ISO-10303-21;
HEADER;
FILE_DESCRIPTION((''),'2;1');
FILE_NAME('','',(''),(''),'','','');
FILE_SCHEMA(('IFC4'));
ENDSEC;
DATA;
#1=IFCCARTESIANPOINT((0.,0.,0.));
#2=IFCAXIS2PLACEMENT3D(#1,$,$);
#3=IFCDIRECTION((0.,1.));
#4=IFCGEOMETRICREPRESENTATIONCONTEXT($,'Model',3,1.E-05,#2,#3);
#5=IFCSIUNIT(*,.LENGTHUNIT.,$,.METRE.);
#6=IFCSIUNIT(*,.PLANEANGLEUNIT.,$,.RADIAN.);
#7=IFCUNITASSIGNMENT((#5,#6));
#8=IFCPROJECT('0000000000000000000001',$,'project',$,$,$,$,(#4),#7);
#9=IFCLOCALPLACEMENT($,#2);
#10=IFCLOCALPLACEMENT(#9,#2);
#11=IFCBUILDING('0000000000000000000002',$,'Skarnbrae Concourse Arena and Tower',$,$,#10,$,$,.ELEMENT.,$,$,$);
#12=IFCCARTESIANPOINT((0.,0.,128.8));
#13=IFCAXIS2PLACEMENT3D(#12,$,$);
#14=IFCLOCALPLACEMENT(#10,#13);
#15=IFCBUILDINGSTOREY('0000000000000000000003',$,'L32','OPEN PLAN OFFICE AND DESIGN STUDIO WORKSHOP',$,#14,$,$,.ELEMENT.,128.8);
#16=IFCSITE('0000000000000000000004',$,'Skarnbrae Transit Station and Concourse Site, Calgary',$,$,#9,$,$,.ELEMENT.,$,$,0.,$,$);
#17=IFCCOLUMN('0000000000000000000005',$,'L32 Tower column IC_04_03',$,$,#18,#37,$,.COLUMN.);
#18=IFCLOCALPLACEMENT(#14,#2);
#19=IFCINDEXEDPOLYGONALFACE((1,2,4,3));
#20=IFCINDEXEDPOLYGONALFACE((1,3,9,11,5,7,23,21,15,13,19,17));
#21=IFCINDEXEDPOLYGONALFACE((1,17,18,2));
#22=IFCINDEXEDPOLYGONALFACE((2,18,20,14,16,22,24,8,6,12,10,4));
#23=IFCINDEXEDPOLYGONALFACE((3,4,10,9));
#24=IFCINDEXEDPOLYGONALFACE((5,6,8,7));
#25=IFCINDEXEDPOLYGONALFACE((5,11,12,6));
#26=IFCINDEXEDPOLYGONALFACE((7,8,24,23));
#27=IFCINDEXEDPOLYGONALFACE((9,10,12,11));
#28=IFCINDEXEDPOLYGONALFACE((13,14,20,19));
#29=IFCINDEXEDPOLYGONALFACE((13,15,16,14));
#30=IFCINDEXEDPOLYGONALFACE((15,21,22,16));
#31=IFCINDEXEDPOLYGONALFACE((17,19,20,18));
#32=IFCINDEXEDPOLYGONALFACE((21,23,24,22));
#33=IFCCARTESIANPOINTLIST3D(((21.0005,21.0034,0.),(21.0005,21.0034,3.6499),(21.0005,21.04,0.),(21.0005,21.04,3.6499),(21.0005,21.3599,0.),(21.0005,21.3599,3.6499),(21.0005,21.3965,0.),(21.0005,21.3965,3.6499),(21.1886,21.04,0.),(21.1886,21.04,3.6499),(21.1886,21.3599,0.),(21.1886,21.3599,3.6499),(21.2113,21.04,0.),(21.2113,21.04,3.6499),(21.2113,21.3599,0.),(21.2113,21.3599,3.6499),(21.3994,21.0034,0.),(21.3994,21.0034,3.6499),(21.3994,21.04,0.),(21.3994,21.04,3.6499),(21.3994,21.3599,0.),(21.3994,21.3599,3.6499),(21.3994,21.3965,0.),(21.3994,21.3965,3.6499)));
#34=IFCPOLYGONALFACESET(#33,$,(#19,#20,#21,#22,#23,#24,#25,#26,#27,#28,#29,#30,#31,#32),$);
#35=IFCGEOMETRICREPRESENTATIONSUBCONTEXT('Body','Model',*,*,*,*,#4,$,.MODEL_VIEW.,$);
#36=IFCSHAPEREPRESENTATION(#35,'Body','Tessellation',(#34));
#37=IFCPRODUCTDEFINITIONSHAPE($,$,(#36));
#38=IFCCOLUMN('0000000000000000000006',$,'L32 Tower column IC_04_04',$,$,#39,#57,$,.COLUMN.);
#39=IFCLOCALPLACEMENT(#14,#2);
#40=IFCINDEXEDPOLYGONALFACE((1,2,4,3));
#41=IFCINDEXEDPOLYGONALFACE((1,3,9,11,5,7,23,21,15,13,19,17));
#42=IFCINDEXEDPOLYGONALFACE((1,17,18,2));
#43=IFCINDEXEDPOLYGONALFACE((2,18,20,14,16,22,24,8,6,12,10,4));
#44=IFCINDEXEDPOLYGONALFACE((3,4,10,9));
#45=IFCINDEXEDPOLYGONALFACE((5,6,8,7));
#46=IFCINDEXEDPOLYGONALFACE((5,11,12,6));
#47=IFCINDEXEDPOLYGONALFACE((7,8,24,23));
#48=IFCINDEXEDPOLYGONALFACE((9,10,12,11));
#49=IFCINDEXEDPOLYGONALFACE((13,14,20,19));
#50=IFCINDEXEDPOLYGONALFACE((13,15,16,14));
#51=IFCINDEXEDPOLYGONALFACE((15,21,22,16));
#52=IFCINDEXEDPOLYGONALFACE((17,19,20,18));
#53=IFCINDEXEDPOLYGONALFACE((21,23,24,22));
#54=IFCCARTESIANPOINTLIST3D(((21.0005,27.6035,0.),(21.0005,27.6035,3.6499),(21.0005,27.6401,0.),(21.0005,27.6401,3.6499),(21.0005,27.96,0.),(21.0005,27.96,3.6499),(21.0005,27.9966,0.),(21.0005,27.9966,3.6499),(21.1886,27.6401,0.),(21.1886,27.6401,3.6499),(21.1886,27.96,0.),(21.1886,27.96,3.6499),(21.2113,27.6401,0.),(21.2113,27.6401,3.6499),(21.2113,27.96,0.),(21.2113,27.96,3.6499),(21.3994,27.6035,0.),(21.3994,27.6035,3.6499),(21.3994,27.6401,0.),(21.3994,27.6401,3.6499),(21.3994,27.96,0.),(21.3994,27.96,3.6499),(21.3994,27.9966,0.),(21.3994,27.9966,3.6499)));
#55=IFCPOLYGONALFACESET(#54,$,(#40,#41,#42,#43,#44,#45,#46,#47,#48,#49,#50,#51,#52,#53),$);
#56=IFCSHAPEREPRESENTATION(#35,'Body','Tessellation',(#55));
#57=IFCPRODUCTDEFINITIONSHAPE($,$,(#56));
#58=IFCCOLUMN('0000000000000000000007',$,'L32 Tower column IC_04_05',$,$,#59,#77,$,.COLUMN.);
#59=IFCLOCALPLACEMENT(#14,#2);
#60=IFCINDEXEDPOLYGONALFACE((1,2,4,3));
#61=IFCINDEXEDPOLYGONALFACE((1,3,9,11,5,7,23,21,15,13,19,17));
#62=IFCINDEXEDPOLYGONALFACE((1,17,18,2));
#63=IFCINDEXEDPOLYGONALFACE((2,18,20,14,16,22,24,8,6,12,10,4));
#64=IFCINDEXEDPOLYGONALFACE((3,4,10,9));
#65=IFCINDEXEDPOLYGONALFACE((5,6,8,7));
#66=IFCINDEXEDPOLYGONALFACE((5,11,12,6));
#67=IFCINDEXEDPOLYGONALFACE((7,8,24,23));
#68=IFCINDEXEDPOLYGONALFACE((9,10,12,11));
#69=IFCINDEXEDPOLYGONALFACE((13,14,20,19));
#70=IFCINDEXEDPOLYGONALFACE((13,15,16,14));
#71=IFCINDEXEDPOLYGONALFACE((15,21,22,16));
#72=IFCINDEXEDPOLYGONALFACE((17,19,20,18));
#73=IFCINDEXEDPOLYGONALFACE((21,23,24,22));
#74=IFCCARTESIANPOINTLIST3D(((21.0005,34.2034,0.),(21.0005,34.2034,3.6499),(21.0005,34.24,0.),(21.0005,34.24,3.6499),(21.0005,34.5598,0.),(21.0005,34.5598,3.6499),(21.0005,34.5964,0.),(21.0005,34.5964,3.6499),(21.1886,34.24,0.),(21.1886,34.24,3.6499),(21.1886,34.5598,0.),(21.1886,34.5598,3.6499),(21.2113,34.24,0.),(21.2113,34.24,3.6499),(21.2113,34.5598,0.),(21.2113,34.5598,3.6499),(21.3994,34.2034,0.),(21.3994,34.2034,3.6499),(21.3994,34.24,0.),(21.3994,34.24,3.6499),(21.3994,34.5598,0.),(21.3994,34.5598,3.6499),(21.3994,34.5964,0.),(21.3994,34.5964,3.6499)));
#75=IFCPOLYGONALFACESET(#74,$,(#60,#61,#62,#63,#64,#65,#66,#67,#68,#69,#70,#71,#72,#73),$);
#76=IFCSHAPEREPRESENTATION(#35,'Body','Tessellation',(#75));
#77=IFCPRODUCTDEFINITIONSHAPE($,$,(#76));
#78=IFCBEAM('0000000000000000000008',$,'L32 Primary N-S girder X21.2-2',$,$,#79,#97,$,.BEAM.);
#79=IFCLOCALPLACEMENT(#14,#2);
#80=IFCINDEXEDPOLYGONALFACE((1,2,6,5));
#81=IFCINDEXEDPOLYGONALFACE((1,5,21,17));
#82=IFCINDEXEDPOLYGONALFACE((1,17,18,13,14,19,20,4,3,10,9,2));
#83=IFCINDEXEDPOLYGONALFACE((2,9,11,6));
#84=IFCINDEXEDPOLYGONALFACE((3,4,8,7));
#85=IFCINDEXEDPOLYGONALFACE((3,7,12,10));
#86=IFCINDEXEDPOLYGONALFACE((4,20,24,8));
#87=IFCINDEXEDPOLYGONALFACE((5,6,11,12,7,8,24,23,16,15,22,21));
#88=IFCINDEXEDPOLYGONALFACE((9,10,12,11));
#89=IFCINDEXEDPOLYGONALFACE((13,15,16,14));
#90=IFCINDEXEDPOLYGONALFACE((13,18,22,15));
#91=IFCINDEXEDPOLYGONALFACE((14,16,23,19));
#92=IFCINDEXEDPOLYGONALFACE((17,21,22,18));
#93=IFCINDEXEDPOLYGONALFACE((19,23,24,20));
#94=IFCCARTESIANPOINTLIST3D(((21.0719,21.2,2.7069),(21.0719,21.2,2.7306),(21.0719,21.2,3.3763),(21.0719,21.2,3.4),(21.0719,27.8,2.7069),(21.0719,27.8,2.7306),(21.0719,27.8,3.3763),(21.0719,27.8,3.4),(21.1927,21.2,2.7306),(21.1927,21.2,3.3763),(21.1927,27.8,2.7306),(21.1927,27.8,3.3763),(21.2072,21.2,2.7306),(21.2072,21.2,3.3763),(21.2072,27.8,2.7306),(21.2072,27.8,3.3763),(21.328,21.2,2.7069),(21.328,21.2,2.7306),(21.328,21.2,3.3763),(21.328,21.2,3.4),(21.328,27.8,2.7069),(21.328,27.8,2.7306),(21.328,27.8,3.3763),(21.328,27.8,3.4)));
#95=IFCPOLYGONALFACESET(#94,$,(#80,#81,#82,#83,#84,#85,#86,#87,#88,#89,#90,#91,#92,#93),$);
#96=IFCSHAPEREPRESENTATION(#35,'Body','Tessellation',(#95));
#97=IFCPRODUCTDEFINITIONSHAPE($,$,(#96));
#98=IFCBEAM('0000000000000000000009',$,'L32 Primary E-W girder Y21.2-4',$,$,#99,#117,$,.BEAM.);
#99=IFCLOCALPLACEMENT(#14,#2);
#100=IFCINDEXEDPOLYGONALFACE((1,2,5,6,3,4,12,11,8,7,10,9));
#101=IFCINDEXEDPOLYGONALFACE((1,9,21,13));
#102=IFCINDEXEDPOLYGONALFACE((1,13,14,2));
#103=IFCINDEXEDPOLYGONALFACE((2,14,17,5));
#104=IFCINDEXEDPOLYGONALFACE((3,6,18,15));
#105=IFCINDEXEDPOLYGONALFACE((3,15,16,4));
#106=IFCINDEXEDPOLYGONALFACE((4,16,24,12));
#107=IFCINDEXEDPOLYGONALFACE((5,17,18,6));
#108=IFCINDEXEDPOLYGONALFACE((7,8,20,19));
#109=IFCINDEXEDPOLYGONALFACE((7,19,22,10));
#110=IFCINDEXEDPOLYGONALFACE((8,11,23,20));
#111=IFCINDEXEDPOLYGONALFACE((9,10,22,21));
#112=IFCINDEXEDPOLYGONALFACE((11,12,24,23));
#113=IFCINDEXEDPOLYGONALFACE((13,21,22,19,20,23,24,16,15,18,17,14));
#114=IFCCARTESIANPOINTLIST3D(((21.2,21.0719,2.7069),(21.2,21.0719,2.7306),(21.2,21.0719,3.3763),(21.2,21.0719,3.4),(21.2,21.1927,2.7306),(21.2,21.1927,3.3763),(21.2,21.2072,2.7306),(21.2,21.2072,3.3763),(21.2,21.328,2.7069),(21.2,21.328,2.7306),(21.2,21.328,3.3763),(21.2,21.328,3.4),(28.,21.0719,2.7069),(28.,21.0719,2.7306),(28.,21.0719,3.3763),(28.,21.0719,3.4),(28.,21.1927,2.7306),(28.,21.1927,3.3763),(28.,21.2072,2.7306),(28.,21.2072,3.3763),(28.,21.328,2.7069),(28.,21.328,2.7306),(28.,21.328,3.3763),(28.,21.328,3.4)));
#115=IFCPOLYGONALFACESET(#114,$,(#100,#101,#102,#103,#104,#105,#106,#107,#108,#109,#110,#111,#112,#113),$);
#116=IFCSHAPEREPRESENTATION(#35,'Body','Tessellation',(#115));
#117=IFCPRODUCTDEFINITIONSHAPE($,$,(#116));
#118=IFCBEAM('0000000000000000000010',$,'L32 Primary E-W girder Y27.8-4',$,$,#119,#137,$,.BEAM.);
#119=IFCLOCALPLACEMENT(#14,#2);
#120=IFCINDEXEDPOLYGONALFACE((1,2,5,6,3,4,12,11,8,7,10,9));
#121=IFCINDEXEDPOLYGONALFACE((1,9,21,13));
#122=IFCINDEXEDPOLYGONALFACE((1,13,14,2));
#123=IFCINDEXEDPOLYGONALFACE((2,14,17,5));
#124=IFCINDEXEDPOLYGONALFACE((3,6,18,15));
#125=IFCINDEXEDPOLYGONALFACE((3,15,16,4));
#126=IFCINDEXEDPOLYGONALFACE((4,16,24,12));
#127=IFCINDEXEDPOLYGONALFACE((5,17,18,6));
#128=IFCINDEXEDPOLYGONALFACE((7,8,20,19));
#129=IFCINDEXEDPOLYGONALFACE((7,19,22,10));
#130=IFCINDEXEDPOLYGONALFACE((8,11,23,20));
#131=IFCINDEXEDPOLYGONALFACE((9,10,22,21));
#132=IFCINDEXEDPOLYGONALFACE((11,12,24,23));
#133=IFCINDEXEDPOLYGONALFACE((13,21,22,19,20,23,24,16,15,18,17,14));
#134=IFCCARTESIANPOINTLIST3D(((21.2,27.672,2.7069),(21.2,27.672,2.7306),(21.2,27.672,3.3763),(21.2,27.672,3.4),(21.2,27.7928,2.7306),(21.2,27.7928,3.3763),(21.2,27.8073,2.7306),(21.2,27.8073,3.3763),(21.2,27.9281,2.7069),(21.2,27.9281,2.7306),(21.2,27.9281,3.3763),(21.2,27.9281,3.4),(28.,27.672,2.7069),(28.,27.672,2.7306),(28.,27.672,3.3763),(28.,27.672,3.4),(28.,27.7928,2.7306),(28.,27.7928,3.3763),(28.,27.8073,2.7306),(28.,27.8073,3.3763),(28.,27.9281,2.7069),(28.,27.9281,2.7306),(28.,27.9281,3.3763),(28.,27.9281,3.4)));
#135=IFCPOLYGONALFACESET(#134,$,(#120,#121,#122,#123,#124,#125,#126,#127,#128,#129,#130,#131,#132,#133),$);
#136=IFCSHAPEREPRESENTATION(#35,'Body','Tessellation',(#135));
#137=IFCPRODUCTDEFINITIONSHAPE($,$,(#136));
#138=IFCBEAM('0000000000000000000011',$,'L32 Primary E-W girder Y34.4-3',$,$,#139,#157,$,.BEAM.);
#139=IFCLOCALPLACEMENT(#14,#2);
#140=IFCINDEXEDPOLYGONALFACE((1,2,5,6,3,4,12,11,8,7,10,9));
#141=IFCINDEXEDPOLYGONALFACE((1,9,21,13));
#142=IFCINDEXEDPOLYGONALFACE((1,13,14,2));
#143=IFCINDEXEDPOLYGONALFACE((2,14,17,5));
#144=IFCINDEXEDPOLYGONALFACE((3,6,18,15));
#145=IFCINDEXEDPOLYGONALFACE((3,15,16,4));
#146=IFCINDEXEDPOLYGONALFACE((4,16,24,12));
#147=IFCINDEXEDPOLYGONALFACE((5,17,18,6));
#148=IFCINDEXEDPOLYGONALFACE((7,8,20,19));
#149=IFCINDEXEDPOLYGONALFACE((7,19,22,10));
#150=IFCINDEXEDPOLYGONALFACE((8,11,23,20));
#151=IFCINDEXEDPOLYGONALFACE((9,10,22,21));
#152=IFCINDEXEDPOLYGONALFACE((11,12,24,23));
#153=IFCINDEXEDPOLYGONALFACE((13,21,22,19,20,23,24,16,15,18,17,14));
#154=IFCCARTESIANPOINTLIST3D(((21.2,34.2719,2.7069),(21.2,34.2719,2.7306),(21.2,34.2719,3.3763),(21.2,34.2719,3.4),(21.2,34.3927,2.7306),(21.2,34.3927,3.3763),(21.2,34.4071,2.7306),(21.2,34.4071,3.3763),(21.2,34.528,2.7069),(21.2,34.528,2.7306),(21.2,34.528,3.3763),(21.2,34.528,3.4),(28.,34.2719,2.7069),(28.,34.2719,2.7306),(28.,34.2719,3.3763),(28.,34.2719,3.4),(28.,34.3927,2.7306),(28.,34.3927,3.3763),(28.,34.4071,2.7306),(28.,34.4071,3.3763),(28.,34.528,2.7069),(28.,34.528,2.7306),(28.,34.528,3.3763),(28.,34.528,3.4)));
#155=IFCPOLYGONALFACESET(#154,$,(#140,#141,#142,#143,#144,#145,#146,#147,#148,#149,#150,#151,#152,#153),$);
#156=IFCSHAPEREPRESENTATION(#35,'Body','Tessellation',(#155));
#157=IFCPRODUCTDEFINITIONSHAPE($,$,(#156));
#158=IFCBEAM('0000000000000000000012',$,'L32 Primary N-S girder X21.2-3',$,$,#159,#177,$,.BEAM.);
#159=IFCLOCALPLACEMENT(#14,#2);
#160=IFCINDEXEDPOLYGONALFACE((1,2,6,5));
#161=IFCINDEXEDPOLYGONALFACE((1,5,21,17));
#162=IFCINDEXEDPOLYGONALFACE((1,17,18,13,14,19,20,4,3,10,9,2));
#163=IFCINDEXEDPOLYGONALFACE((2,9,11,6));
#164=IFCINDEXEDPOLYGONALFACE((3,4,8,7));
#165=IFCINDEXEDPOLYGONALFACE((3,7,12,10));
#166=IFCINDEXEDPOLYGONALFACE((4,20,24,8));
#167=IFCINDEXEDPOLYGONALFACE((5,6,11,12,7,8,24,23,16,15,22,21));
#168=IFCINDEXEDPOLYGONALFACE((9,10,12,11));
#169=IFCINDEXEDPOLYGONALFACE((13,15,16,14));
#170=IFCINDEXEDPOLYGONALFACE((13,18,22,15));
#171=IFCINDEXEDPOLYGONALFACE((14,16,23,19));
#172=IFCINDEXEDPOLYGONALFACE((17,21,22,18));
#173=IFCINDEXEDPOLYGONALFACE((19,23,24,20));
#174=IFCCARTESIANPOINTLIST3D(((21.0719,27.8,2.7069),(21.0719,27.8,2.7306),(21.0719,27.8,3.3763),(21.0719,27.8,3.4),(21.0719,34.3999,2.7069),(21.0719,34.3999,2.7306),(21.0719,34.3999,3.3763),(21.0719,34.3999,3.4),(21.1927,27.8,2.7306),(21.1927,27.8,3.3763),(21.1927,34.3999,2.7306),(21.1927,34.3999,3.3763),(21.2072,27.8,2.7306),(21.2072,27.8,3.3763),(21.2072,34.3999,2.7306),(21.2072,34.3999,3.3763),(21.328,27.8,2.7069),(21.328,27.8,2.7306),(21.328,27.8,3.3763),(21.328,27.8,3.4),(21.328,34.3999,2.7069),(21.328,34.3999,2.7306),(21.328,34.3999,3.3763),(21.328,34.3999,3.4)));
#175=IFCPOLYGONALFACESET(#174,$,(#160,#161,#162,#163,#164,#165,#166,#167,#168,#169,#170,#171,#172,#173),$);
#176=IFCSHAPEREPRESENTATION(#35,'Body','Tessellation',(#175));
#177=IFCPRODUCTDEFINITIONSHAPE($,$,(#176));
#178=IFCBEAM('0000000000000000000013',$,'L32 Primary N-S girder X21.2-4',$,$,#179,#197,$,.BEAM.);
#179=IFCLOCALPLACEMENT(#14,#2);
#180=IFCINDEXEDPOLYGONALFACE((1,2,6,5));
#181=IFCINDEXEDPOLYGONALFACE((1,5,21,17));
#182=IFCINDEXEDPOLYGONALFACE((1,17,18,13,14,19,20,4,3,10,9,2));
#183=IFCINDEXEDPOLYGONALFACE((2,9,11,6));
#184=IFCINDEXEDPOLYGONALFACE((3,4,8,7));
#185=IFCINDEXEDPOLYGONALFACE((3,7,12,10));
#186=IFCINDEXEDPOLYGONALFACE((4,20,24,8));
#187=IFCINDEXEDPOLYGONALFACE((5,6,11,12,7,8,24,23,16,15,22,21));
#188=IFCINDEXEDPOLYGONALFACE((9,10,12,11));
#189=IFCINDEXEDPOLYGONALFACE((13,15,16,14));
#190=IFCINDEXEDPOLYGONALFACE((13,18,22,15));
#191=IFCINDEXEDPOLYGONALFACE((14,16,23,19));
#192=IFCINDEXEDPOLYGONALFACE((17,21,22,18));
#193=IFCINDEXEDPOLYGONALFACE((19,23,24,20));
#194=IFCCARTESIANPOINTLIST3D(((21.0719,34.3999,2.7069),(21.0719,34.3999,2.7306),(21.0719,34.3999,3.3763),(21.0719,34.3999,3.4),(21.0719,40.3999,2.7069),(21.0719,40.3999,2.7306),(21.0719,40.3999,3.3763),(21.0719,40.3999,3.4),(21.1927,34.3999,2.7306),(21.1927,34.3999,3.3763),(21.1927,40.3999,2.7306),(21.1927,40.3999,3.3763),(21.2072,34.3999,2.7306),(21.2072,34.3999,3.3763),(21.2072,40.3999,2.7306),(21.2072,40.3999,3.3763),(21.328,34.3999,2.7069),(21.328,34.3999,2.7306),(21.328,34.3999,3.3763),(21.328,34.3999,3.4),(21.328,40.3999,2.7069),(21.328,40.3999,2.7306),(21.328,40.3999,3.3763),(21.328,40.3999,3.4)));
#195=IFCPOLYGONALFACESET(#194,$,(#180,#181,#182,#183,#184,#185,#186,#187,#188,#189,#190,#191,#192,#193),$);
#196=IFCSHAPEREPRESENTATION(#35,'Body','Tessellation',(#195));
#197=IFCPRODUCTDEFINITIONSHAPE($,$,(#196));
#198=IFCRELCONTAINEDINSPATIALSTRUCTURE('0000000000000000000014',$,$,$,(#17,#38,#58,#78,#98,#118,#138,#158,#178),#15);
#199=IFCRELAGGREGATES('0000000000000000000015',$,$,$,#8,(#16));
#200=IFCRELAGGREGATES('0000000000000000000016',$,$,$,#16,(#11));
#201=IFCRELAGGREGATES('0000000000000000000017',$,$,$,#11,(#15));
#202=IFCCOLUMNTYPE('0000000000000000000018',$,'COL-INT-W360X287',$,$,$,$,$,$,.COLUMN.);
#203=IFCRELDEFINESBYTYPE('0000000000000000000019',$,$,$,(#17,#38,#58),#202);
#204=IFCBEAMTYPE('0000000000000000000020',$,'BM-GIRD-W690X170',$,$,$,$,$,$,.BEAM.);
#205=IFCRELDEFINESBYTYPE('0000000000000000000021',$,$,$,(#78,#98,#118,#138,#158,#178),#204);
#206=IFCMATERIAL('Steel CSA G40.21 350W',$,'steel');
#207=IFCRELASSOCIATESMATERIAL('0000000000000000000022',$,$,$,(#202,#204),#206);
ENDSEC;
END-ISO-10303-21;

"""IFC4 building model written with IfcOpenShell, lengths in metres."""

from ifc_helpers import new_model, si_unit, direction, frame, origin, origin_2d, place, context, subcontext, project, spatial, i_section, extrude, source, transform, mapped, material, material_profile, profile_set, type_object, element, save


model = new_model("IFC4")

# Units and contexts
model_context = context("Model", 3, precision=1e-05, world=origin(), true_north=direction((0.0, 1.0)))
body_context = subcontext(model_context, "Body", "Model", "MODEL_VIEW")
ifc_project = project(units=[si_unit("LENGTHUNIT", "METRE"), si_unit("PLANEANGLEUNIT", "RADIAN")], contexts=[model_context])

# Site, building, storey
site_placement = place(None, origin())
site = spatial("IfcSite", under=ifc_project, at=site_placement, Name="Skarnbrae Transit Station and Concourse Site, Calgary", CompositionType="ELEMENT", RefElevation=0.0)
building_placement = place(site_placement, origin())
building = spatial("IfcBuilding", under=site, at=building_placement, Name="Skarnbrae Concourse Arena and Tower", CompositionType="ELEMENT")
storey_placement = place(building_placement, frame((0.0, 0.0, 128.8)))
storey = spatial("IfcBuildingStorey", under=building, at=storey_placement, Name="L32", Description="OPEN PLAN OFFICE AND DESIGN STUDIO WORKSHOP", CompositionType="ELEMENT", Elevation=128.8)

# Columns
ifc_material_1 = material(Name="Steel CSA G40.21 350W", Category="steel")
ifc_material_profile_1 = material_profile(ifc_material_1, i_section(OverallWidth=0.3989, OverallDepth=0.3931, WebThickness=0.0227, FlangeThickness=0.0366, at=origin_2d()), Name="W360X287")
ifc_profile_set_1 = profile_set([ifc_material_profile_1], Name="Steel CSA G40.21 350W")
column_type = type_object("IfcColumnType", Name="COL-INT-W360X287", PredefinedType="COLUMN", material=ifc_profile_set_1)
shared_shape_1 = source(origin(), body_context, "Body", "SweptSolid", [
    extrude(i_section(OverallWidth=0.3989, OverallDepth=0.3931, WebThickness=0.0227, FlangeThickness=0.0366, at=origin_2d()), origin(), (0.0, 0.0, 1.0), 3.6499),
])
for number, where, z_axis, x_axis, name in (
    (1, (21.2, 21.2, 0.0), (0.0, 0.0, 1.0), (1.0, 0.0, 0.0), "L32 Tower column IC_04_03"),
    (2, (21.2, 27.8, 0.0), (0.0, 0.0, 1.0), (1.0, 0.0, 0.0), "L32 Tower column IC_04_04"),
    (3, (21.2, 34.3999, 0.0), (0.0, 0.0, 1.0), (1.0, 0.0, 0.0), "L32 Tower column IC_04_05"),
):
    element("IfcColumn", number, at=place(storey_placement, frame(where, z_axis=z_axis, x_axis=x_axis)), inside=storey, type_object=column_type, Name=name, PredefinedType="COLUMN", context=body_context, shape_type="MappedRepresentation", body=[
        mapped(shared_shape_1, transform((0.0, 0.0, 0.0))),
    ])

# Beams
ifc_material_profile_2 = material_profile(ifc_material_1, i_section(OverallWidth=0.2561, OverallDepth=0.6931, WebThickness=0.0144, FlangeThickness=0.0237, at=origin_2d()), Name="W690X170")
ifc_profile_set_2 = profile_set([ifc_material_profile_2], Name="Steel CSA G40.21 350W")
beam_type_1 = type_object("IfcBeamType", Name="BM-GIRD-W690X170", PredefinedType="BEAM", material=ifc_profile_set_2)
shared_shape_2 = source(origin(), body_context, "Body", "SweptSolid", [
    extrude(i_section(OverallWidth=0.2561, OverallDepth=0.6931, WebThickness=0.0144, FlangeThickness=0.0237, at=origin_2d()), origin(), (0.0, 0.0, 1.0), 6.6001),
])
beam_1_placement = place(storey_placement, frame((21.2, 21.2, 3.0535), z_axis=(0.0, 1.0, 0.0), x_axis=(-1.0, 0.0, 0.0)))
element("IfcBeam", 4, at=beam_1_placement, inside=storey, type_object=beam_type_1, Name="L32 Primary N-S girder X21.2-2", PredefinedType="BEAM", context=body_context, shape_type="MappedRepresentation", body=[
    mapped(shared_shape_2, transform((0.0, 0.0, 0.0))),
])
shared_shape_3 = source(origin(), body_context, "Body", "SweptSolid", [
    extrude(i_section(OverallWidth=0.2561, OverallDepth=0.6931, WebThickness=0.0144, FlangeThickness=0.0237, at=origin_2d()), origin(), (0.0, 0.0, 1.0), 6.8),
])
for number, where, z_axis, x_axis, name in (
    (5, (21.2, 21.2, 3.0535), (1.0, 0.0, 0.0), (0.0, 1.0, 0.0), "L32 Primary E-W girder Y21.2-4"),
    (6, (21.2, 27.8, 3.0535), (1.0, 0.0, 0.0), (0.0, 1.0, 0.0), "L32 Primary E-W girder Y27.8-4"),
    (7, (21.2, 34.3999, 3.0535), (1.0, 0.0, 0.0), (0.0, 1.0, 0.0), "L32 Primary E-W girder Y34.4-3"),
):
    element("IfcBeam", number, at=place(storey_placement, frame(where, z_axis=z_axis, x_axis=x_axis)), inside=storey, type_object=beam_type_1, Name=name, PredefinedType="BEAM", context=body_context, shape_type="MappedRepresentation", body=[
        mapped(shared_shape_3, transform((0.0, 0.0, 0.0))),
    ])
shared_shape_4 = source(origin(), body_context, "Body", "SweptSolid", [
    extrude(i_section(OverallWidth=0.2561, OverallDepth=0.6931, WebThickness=0.0144, FlangeThickness=0.0237, at=origin_2d()), origin(), (0.0, 0.0, 1.0), 6.5999),
])
beam_2_placement = place(storey_placement, frame((21.2, 27.8, 3.0535), z_axis=(0.0, 1.0, 0.0), x_axis=(-1.0, 0.0, 0.0)))
element("IfcBeam", 8, at=beam_2_placement, inside=storey, type_object=beam_type_1, Name="L32 Primary N-S girder X21.2-3", PredefinedType="BEAM", context=body_context, shape_type="MappedRepresentation", body=[
    mapped(shared_shape_4, transform((0.0, 0.0, 0.0))),
])
shared_shape_5 = source(origin(), body_context, "Body", "SweptSolid", [
    extrude(i_section(OverallWidth=0.2561, OverallDepth=0.6931, WebThickness=0.0144, FlangeThickness=0.0237, at=origin_2d()), origin(), (0.0, 0.0, 1.0), 6.0),
])
beam_3_placement = place(storey_placement, frame((21.2, 34.3999, 3.0535), z_axis=(0.0, 1.0, 0.0), x_axis=(-1.0, 0.0, 0.0)))
element("IfcBeam", 9, at=beam_3_placement, inside=storey, type_object=beam_type_1, Name="L32 Primary N-S girder X21.2-4", PredefinedType="BEAM", context=body_context, shape_type="MappedRepresentation", body=[
    mapped(shared_shape_5, transform((0.0, 0.0, 0.0))),
])

save(model, "model.ifc")
